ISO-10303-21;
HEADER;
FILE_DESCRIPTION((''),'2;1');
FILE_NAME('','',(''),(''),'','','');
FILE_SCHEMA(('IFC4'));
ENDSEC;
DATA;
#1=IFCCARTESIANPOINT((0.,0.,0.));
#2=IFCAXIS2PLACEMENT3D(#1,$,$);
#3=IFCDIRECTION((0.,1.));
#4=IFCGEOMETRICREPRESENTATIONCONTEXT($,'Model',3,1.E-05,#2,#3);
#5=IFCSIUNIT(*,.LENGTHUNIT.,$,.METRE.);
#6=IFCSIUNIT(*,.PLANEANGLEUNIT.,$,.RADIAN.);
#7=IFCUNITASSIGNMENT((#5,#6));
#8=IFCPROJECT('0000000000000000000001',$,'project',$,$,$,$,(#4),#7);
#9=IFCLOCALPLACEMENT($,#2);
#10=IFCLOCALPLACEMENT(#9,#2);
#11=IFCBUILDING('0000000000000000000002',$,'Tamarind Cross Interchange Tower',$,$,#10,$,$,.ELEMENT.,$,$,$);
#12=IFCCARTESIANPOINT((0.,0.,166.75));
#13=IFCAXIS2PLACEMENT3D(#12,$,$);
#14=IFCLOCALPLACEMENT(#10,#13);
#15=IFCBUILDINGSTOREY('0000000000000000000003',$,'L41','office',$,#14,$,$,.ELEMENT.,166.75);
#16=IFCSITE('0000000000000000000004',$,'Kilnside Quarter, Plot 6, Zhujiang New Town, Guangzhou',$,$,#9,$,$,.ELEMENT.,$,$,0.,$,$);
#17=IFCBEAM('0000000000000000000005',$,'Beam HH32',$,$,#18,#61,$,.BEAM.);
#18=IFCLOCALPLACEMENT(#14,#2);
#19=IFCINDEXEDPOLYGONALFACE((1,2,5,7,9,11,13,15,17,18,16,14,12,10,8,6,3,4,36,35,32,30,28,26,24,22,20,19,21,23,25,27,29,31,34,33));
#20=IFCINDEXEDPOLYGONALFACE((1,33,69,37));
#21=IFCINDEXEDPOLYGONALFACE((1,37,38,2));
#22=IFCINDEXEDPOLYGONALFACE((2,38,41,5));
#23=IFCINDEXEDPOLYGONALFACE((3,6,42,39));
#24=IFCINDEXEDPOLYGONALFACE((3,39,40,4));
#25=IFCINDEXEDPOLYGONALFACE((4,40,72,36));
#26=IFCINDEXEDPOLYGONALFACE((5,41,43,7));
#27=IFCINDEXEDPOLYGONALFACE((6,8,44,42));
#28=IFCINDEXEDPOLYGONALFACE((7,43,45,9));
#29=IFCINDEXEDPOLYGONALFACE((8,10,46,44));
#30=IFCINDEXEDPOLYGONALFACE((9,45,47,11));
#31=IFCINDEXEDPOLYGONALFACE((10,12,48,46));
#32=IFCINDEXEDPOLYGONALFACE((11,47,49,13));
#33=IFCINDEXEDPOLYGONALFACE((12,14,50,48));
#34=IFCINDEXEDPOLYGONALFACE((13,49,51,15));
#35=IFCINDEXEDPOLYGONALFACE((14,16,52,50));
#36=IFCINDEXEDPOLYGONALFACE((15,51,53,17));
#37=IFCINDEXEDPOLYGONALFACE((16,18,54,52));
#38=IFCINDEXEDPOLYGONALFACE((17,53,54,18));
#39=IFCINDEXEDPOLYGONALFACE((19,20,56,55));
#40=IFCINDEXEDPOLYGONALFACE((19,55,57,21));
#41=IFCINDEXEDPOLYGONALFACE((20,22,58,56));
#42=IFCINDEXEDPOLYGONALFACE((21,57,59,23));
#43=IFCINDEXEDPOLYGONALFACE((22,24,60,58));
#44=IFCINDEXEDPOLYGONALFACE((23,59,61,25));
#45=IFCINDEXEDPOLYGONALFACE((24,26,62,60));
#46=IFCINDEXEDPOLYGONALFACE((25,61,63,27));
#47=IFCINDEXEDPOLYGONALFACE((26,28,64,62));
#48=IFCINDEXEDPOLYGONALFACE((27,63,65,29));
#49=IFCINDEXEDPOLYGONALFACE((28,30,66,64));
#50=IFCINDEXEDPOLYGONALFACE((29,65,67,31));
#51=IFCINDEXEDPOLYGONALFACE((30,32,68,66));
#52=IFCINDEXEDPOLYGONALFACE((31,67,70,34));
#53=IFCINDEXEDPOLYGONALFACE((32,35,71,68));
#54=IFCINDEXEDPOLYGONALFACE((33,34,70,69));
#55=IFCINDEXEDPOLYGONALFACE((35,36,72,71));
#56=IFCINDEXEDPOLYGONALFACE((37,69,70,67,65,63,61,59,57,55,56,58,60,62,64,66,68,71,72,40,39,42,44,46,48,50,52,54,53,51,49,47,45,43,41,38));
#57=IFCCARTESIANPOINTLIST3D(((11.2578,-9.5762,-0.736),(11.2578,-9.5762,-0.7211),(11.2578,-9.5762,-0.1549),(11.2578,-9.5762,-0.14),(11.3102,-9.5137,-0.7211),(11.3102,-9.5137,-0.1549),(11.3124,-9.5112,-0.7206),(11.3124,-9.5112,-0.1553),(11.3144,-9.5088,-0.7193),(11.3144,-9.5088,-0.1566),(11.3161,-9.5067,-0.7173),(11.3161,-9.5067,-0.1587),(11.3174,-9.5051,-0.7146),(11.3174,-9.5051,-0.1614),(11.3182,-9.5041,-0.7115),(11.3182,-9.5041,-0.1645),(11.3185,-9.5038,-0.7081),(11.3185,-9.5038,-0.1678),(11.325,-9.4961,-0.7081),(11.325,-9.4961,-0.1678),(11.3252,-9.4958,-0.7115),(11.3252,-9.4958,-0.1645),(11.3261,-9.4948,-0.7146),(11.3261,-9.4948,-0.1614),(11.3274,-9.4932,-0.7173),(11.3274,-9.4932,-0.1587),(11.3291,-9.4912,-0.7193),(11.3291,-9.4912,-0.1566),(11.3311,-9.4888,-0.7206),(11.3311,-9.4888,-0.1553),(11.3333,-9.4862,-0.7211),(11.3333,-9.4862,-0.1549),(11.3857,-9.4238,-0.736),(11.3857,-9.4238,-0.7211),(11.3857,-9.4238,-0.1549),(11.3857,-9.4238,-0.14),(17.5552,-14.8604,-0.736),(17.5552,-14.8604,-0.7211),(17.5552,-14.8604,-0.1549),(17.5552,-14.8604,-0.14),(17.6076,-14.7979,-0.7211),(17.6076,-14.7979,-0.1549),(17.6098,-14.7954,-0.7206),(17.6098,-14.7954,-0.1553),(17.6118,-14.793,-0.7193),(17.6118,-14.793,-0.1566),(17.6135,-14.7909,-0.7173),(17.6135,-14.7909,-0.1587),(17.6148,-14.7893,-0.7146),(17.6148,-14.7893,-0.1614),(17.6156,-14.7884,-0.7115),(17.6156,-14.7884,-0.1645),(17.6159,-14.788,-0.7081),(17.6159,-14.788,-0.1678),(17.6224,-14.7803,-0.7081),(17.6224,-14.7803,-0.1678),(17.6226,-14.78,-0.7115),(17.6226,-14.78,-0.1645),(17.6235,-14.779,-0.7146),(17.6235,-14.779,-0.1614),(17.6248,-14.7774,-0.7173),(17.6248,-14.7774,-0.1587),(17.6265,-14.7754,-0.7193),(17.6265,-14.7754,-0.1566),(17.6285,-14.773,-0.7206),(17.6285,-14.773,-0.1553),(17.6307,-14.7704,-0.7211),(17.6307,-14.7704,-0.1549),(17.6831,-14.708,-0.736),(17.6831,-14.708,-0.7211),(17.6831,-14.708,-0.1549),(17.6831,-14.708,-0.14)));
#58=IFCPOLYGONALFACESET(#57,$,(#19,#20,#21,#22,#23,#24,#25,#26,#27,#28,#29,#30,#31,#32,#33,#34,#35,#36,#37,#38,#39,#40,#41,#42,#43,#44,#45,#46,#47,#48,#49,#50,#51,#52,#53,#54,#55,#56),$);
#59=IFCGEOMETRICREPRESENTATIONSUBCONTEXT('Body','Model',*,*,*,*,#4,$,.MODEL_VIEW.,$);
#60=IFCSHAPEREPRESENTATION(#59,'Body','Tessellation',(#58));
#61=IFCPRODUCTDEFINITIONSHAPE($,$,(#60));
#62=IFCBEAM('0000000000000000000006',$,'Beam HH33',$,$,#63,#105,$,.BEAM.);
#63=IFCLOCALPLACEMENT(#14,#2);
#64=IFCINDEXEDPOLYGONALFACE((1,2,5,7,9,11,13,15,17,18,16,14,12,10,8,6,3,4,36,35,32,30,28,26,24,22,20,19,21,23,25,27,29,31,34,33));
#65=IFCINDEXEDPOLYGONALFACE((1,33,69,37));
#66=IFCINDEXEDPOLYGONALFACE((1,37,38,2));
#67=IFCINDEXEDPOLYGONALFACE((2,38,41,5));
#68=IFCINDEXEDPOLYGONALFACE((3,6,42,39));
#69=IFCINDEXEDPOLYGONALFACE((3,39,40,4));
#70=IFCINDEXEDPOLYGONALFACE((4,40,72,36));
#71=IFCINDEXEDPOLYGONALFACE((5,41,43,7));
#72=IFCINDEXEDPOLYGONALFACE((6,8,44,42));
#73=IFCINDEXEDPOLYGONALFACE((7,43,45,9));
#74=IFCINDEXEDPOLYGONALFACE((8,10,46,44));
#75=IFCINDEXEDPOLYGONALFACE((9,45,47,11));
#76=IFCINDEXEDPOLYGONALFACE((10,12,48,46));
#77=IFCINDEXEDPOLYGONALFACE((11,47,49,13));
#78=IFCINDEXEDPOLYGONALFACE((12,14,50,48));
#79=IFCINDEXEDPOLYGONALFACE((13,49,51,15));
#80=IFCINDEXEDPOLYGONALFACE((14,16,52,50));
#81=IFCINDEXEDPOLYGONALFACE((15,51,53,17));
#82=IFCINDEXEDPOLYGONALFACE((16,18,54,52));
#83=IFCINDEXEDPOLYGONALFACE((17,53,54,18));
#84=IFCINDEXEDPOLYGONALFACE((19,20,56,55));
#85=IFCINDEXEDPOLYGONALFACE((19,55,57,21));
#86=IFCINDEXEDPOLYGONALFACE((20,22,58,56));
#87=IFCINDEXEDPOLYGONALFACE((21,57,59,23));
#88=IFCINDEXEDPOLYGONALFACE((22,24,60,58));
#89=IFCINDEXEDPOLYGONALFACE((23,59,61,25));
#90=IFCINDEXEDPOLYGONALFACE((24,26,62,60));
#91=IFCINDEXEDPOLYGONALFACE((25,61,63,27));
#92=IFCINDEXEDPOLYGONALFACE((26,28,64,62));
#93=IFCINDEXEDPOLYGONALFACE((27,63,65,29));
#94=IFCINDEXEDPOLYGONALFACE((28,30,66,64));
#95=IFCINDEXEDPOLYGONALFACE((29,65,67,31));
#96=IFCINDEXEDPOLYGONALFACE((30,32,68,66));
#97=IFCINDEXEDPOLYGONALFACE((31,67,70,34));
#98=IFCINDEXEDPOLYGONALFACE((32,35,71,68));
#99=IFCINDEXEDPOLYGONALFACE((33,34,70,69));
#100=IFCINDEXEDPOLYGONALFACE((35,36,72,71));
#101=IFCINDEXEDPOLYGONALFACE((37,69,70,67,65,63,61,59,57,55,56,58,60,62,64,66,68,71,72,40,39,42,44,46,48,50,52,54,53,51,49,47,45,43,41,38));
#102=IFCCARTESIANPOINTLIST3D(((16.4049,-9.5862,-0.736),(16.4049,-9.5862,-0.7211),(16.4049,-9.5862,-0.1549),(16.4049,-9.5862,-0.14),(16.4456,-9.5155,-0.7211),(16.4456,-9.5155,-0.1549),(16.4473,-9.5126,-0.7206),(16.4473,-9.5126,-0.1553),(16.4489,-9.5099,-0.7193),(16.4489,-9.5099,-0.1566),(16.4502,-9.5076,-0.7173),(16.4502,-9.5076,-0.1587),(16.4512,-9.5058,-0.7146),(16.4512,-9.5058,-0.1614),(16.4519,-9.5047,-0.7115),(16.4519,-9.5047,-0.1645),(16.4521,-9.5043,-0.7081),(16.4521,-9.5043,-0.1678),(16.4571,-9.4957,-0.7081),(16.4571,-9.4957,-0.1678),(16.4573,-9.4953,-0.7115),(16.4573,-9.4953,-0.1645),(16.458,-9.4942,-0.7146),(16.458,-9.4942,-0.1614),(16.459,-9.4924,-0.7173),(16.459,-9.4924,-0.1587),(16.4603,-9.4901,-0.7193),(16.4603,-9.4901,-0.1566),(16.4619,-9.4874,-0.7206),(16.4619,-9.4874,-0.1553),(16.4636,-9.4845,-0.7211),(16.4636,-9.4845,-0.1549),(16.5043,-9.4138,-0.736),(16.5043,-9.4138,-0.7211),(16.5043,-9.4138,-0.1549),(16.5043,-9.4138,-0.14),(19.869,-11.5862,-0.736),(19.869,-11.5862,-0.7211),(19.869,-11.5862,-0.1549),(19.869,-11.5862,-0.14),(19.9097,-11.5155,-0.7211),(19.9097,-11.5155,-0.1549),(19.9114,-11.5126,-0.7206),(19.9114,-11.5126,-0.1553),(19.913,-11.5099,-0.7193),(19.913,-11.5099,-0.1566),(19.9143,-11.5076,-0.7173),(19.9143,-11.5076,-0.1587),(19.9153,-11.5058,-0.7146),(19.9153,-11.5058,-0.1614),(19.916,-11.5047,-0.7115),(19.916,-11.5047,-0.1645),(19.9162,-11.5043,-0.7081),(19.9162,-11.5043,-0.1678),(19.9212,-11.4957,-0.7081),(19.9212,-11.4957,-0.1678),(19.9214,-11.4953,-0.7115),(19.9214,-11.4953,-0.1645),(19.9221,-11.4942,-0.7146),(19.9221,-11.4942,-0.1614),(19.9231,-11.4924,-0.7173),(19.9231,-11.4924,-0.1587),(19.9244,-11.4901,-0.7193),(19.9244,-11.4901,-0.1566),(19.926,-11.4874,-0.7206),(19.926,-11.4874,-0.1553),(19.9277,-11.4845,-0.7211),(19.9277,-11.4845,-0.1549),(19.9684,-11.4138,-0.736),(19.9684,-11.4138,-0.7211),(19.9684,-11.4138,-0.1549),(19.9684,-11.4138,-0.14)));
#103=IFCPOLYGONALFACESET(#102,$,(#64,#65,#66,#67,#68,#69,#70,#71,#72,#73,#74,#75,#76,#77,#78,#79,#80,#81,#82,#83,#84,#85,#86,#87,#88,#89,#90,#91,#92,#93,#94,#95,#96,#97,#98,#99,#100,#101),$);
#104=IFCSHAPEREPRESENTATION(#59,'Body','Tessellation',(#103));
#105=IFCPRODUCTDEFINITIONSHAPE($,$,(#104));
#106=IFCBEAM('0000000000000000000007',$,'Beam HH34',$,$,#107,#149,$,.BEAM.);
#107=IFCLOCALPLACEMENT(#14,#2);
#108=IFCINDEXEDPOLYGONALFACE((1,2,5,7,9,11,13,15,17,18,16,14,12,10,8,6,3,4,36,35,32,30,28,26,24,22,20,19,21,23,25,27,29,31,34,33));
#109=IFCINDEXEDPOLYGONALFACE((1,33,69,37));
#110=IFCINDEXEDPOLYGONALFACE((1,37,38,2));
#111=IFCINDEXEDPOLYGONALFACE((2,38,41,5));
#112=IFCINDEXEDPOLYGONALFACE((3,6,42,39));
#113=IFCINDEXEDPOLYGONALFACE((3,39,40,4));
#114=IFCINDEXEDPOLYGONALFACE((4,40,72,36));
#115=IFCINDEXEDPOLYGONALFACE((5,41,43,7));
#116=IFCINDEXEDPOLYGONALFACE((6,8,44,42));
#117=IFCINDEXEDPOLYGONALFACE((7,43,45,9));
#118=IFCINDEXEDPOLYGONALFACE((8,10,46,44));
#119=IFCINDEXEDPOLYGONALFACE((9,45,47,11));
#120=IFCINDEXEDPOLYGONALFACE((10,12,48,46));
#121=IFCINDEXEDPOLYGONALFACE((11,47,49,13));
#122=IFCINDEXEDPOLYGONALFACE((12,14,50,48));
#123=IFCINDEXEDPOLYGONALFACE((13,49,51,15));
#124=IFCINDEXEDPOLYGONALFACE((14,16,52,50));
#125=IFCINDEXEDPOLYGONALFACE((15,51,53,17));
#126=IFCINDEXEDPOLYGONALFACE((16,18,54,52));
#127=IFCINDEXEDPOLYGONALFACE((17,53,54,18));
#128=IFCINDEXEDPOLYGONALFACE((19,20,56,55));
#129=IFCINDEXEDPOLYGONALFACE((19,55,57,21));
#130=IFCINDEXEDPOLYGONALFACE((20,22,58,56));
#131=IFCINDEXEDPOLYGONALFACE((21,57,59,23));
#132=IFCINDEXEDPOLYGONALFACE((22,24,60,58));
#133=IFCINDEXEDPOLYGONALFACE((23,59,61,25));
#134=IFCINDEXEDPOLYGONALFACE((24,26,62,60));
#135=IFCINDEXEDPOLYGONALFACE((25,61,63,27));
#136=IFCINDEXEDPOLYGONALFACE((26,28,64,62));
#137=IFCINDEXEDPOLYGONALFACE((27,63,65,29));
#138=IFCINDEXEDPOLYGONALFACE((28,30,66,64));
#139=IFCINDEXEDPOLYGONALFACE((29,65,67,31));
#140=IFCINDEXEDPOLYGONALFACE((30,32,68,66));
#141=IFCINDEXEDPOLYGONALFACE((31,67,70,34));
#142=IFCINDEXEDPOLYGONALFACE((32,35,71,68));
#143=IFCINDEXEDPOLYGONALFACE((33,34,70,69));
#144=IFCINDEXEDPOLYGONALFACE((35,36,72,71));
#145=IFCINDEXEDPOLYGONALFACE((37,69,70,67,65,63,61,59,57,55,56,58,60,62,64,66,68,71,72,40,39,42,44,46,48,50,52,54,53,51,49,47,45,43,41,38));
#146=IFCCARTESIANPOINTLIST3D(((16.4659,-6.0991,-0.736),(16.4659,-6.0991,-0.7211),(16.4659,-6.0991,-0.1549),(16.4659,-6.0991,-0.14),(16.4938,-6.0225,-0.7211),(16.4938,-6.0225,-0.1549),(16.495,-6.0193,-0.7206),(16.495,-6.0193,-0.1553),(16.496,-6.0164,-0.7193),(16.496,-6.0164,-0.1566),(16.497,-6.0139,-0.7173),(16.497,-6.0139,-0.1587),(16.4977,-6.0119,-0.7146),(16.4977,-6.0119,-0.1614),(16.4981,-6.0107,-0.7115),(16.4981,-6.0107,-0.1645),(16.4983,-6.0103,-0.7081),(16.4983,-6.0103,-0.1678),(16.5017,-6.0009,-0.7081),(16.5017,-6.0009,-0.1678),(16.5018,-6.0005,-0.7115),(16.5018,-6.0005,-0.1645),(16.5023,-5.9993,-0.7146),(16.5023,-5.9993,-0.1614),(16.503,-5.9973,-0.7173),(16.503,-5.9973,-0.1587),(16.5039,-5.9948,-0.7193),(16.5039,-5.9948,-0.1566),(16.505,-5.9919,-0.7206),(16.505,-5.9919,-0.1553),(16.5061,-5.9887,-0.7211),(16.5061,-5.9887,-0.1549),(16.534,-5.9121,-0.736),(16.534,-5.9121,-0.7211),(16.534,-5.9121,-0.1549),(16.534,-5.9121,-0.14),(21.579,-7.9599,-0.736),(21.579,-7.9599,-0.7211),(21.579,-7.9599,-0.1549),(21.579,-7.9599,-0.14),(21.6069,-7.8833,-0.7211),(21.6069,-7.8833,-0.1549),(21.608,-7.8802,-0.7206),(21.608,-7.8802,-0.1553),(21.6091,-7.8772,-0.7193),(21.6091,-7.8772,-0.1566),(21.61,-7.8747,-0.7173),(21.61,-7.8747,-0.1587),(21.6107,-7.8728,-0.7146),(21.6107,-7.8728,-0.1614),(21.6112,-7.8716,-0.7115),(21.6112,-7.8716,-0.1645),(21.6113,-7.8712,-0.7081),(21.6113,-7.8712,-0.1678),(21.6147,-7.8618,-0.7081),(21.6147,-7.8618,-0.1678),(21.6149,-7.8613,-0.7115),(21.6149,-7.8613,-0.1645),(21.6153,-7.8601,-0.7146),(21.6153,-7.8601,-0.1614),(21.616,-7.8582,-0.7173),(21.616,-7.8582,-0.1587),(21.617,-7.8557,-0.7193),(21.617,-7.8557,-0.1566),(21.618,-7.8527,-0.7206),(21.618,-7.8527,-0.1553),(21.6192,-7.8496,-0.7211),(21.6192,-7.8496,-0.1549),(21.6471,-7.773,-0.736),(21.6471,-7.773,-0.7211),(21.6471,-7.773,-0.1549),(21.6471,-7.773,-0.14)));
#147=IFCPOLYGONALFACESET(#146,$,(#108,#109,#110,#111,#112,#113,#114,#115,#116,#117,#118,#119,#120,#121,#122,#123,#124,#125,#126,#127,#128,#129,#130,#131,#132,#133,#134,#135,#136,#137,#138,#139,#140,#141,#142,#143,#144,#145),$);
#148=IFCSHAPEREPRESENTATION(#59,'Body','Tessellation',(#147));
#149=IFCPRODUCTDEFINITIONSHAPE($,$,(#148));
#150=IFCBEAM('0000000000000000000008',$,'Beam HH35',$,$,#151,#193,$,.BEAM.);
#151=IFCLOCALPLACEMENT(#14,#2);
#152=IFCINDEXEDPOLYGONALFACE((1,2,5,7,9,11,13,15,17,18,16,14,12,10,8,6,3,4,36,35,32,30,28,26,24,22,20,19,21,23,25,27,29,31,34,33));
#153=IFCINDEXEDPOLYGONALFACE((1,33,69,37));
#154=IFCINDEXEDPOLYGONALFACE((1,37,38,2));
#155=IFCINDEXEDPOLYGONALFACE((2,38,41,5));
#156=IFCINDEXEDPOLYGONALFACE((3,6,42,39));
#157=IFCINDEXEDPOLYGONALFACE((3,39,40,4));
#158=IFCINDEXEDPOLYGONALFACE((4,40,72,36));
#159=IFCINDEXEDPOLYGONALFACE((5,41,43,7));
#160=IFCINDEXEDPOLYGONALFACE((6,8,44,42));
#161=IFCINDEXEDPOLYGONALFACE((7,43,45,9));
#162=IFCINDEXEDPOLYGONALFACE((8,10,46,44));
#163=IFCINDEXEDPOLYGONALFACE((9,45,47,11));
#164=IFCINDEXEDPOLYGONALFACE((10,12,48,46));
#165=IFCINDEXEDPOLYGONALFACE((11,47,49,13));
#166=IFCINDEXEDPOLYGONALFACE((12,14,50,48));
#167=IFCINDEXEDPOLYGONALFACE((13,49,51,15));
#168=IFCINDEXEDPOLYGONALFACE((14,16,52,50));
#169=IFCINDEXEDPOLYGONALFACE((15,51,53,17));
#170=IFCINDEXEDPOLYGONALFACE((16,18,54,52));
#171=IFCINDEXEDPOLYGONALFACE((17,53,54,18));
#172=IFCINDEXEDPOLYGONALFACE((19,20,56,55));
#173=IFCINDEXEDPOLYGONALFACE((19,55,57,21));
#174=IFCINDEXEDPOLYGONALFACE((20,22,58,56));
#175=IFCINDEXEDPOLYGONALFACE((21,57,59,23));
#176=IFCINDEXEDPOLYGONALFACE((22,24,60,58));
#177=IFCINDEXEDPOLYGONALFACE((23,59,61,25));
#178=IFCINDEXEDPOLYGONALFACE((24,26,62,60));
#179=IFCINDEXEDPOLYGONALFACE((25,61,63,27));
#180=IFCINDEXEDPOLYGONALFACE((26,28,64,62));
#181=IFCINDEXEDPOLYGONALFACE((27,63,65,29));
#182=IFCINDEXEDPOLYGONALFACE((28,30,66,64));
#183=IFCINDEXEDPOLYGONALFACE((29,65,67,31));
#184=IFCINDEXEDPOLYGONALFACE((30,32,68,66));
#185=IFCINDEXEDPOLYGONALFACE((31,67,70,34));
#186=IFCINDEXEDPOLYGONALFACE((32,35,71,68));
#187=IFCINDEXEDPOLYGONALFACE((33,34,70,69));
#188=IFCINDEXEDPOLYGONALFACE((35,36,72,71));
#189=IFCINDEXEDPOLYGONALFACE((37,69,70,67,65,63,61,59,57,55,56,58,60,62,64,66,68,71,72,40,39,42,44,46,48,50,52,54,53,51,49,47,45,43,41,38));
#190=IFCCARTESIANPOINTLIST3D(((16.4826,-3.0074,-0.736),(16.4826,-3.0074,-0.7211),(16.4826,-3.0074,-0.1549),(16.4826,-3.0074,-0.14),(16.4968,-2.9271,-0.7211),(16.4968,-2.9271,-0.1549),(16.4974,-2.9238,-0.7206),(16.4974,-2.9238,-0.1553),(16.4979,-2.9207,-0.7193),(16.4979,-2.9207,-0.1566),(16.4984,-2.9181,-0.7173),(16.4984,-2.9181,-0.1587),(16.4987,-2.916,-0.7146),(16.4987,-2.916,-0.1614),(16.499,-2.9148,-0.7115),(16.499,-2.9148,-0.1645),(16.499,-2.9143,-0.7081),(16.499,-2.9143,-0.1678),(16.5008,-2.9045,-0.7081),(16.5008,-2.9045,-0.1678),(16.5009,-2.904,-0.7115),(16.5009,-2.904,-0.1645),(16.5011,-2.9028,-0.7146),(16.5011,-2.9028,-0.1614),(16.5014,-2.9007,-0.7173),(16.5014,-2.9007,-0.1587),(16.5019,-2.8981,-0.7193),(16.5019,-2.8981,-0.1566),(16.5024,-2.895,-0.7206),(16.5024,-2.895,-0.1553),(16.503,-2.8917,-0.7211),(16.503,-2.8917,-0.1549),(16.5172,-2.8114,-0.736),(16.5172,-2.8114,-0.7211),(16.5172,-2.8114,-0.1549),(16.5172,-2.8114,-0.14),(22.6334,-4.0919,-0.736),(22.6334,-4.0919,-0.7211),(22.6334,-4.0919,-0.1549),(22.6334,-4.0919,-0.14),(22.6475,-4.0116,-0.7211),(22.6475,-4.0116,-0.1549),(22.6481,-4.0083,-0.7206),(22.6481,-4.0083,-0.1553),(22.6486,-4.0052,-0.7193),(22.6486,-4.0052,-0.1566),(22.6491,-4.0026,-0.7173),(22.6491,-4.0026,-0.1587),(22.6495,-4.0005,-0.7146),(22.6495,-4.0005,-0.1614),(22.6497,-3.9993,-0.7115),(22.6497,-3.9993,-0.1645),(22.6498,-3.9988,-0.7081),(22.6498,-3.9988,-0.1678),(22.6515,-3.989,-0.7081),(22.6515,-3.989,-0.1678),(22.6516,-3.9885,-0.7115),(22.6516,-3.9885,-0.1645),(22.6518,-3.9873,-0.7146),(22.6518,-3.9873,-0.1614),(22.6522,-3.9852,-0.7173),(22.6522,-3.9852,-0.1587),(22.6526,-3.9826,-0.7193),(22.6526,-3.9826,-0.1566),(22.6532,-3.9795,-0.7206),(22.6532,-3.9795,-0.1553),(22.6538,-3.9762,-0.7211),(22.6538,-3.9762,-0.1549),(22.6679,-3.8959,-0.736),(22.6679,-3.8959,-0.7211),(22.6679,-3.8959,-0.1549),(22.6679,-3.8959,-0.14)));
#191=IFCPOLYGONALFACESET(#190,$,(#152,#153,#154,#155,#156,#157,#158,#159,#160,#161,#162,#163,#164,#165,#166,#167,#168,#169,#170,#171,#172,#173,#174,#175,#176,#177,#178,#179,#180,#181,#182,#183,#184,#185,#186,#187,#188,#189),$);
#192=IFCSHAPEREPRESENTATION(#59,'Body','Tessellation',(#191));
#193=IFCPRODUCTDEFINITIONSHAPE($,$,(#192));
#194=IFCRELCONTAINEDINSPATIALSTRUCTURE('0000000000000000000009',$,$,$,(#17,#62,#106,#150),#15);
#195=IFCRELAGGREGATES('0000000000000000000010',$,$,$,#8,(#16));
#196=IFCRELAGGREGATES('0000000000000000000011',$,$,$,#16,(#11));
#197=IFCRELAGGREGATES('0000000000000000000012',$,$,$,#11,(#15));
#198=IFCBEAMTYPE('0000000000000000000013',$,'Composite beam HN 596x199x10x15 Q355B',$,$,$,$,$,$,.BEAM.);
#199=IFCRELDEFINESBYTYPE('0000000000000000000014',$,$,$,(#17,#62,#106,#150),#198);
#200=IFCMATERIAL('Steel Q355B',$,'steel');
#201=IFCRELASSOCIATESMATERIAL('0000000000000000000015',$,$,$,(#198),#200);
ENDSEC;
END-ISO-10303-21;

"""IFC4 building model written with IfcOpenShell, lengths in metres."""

from ifc_helpers import new_model, si_unit, direction, frame, origin, origin_2d, place, context, subcontext, project, spatial, i_section, extrude, material, material_profile, profile_set, type_object, element, save


model = new_model("IFC4")

# Units and contexts
model_context = context("Model", 3, precision=1e-05, world=origin(), true_north=direction((0.0, 1.0)))
body_context = subcontext(model_context, "Body", "Model", "MODEL_VIEW")
ifc_project = project(units=[si_unit("LENGTHUNIT", "METRE"), si_unit("PLANEANGLEUNIT", "RADIAN")], contexts=[model_context])

# Site, building, storey
site_placement = place(None, origin())
site = spatial("IfcSite", under=ifc_project, at=site_placement, Name="Kilnside Quarter, Plot 6, Zhujiang New Town, Guangzhou", CompositionType="ELEMENT", RefElevation=0.0)
building_placement = place(site_placement, origin())
building = spatial("IfcBuilding", under=site, at=building_placement, Name="Tamarind Cross Interchange Tower", CompositionType="ELEMENT")
storey_placement = place(building_placement, frame((0.0, 0.0, 166.75)))
storey = spatial("IfcBuildingStorey", under=building, at=storey_placement, Name="L41", Description="office", CompositionType="ELEMENT", Elevation=166.75)

# Beams
ifc_material_1 = material(Name="Steel Q355B", Category="steel")
ifc_material_profile_1 = material_profile(ifc_material_1, i_section(OverallWidth=0.199, OverallDepth=0.5959, WebThickness=0.01, FlangeThickness=0.0149, FilletRadius=0.0129, at=origin_2d()), Name="HN 596x199x10x15")
ifc_profile_set_1 = profile_set([ifc_material_profile_1], Name="Steel Q355B")
beam_type = type_object("IfcBeamType", Name="Composite beam HN 596x199x10x15 Q355B", PredefinedType="BEAM", material=ifc_profile_set_1)
beam_1_placement = place(storey_placement, frame((17.6191, -14.7842, -0.438), z_axis=(-0.766041, 0.642792, 0.0), x_axis=(-0.642792, -0.766041, 0.0)))
element("IfcBeam", 1, at=beam_1_placement, inside=storey, type_object=beam_type, Name="Beam HH32", PredefinedType="BEAM", context=body_context, shape_type="SweptSolid", body=[
    extrude(i_section(OverallWidth=0.199, OverallDepth=0.5959, WebThickness=0.01, FlangeThickness=0.0149, FilletRadius=0.0129, at=origin_2d()), origin(), (0.0, 0.0, 1.0), 8.2207),
])
beam_2_placement = place(storey_placement, frame((19.9187, -11.5, -0.438), z_axis=(-0.866026, 0.499999, 0.0), x_axis=(-0.499999, -0.866026, 0.0)))
element("IfcBeam", 2, at=beam_2_placement, inside=storey, type_object=beam_type, Name="Beam HH33", PredefinedType="BEAM", context=body_context, shape_type="SweptSolid", body=[
    extrude(i_section(OverallWidth=0.199, OverallDepth=0.5959, WebThickness=0.01, FlangeThickness=0.0149, FilletRadius=0.0129, at=origin_2d()), origin(), (0.0, 0.0, 1.0), 4.0),
])
beam_3_placement = place(storey_placement, frame((21.613, -7.8665, -0.438), z_axis=(-0.939702, 0.341995, 0.0), x_axis=(-0.341995, -0.939702, 0.0)))
element("IfcBeam", 3, at=beam_3_placement, inside=storey, type_object=beam_type, Name="Beam HH34", PredefinedType="BEAM", context=body_context, shape_type="SweptSolid", body=[
    extrude(i_section(OverallWidth=0.199, OverallDepth=0.5959, WebThickness=0.01, FlangeThickness=0.0149, FilletRadius=0.0129, at=origin_2d()), origin(), (0.0, 0.0, 1.0), 5.4412),
])
beam_4_placement = place(storey_placement, frame((22.6506, -3.9939, -0.438), z_axis=(-0.984809, 0.17364, 0.0), x_axis=(-0.17364, -0.984809, 0.0)))
element("IfcBeam", 4, at=beam_4_placement, inside=storey, type_object=beam_type, Name="Beam HH35", PredefinedType="BEAM", context=body_context, shape_type="SweptSolid", body=[
    extrude(i_section(OverallWidth=0.199, OverallDepth=0.5959, WebThickness=0.01, FlangeThickness=0.0149, FilletRadius=0.0129, at=origin_2d()), origin(), (0.0, 0.0, 1.0), 6.2456),
])

save(model, "model.ifc")
